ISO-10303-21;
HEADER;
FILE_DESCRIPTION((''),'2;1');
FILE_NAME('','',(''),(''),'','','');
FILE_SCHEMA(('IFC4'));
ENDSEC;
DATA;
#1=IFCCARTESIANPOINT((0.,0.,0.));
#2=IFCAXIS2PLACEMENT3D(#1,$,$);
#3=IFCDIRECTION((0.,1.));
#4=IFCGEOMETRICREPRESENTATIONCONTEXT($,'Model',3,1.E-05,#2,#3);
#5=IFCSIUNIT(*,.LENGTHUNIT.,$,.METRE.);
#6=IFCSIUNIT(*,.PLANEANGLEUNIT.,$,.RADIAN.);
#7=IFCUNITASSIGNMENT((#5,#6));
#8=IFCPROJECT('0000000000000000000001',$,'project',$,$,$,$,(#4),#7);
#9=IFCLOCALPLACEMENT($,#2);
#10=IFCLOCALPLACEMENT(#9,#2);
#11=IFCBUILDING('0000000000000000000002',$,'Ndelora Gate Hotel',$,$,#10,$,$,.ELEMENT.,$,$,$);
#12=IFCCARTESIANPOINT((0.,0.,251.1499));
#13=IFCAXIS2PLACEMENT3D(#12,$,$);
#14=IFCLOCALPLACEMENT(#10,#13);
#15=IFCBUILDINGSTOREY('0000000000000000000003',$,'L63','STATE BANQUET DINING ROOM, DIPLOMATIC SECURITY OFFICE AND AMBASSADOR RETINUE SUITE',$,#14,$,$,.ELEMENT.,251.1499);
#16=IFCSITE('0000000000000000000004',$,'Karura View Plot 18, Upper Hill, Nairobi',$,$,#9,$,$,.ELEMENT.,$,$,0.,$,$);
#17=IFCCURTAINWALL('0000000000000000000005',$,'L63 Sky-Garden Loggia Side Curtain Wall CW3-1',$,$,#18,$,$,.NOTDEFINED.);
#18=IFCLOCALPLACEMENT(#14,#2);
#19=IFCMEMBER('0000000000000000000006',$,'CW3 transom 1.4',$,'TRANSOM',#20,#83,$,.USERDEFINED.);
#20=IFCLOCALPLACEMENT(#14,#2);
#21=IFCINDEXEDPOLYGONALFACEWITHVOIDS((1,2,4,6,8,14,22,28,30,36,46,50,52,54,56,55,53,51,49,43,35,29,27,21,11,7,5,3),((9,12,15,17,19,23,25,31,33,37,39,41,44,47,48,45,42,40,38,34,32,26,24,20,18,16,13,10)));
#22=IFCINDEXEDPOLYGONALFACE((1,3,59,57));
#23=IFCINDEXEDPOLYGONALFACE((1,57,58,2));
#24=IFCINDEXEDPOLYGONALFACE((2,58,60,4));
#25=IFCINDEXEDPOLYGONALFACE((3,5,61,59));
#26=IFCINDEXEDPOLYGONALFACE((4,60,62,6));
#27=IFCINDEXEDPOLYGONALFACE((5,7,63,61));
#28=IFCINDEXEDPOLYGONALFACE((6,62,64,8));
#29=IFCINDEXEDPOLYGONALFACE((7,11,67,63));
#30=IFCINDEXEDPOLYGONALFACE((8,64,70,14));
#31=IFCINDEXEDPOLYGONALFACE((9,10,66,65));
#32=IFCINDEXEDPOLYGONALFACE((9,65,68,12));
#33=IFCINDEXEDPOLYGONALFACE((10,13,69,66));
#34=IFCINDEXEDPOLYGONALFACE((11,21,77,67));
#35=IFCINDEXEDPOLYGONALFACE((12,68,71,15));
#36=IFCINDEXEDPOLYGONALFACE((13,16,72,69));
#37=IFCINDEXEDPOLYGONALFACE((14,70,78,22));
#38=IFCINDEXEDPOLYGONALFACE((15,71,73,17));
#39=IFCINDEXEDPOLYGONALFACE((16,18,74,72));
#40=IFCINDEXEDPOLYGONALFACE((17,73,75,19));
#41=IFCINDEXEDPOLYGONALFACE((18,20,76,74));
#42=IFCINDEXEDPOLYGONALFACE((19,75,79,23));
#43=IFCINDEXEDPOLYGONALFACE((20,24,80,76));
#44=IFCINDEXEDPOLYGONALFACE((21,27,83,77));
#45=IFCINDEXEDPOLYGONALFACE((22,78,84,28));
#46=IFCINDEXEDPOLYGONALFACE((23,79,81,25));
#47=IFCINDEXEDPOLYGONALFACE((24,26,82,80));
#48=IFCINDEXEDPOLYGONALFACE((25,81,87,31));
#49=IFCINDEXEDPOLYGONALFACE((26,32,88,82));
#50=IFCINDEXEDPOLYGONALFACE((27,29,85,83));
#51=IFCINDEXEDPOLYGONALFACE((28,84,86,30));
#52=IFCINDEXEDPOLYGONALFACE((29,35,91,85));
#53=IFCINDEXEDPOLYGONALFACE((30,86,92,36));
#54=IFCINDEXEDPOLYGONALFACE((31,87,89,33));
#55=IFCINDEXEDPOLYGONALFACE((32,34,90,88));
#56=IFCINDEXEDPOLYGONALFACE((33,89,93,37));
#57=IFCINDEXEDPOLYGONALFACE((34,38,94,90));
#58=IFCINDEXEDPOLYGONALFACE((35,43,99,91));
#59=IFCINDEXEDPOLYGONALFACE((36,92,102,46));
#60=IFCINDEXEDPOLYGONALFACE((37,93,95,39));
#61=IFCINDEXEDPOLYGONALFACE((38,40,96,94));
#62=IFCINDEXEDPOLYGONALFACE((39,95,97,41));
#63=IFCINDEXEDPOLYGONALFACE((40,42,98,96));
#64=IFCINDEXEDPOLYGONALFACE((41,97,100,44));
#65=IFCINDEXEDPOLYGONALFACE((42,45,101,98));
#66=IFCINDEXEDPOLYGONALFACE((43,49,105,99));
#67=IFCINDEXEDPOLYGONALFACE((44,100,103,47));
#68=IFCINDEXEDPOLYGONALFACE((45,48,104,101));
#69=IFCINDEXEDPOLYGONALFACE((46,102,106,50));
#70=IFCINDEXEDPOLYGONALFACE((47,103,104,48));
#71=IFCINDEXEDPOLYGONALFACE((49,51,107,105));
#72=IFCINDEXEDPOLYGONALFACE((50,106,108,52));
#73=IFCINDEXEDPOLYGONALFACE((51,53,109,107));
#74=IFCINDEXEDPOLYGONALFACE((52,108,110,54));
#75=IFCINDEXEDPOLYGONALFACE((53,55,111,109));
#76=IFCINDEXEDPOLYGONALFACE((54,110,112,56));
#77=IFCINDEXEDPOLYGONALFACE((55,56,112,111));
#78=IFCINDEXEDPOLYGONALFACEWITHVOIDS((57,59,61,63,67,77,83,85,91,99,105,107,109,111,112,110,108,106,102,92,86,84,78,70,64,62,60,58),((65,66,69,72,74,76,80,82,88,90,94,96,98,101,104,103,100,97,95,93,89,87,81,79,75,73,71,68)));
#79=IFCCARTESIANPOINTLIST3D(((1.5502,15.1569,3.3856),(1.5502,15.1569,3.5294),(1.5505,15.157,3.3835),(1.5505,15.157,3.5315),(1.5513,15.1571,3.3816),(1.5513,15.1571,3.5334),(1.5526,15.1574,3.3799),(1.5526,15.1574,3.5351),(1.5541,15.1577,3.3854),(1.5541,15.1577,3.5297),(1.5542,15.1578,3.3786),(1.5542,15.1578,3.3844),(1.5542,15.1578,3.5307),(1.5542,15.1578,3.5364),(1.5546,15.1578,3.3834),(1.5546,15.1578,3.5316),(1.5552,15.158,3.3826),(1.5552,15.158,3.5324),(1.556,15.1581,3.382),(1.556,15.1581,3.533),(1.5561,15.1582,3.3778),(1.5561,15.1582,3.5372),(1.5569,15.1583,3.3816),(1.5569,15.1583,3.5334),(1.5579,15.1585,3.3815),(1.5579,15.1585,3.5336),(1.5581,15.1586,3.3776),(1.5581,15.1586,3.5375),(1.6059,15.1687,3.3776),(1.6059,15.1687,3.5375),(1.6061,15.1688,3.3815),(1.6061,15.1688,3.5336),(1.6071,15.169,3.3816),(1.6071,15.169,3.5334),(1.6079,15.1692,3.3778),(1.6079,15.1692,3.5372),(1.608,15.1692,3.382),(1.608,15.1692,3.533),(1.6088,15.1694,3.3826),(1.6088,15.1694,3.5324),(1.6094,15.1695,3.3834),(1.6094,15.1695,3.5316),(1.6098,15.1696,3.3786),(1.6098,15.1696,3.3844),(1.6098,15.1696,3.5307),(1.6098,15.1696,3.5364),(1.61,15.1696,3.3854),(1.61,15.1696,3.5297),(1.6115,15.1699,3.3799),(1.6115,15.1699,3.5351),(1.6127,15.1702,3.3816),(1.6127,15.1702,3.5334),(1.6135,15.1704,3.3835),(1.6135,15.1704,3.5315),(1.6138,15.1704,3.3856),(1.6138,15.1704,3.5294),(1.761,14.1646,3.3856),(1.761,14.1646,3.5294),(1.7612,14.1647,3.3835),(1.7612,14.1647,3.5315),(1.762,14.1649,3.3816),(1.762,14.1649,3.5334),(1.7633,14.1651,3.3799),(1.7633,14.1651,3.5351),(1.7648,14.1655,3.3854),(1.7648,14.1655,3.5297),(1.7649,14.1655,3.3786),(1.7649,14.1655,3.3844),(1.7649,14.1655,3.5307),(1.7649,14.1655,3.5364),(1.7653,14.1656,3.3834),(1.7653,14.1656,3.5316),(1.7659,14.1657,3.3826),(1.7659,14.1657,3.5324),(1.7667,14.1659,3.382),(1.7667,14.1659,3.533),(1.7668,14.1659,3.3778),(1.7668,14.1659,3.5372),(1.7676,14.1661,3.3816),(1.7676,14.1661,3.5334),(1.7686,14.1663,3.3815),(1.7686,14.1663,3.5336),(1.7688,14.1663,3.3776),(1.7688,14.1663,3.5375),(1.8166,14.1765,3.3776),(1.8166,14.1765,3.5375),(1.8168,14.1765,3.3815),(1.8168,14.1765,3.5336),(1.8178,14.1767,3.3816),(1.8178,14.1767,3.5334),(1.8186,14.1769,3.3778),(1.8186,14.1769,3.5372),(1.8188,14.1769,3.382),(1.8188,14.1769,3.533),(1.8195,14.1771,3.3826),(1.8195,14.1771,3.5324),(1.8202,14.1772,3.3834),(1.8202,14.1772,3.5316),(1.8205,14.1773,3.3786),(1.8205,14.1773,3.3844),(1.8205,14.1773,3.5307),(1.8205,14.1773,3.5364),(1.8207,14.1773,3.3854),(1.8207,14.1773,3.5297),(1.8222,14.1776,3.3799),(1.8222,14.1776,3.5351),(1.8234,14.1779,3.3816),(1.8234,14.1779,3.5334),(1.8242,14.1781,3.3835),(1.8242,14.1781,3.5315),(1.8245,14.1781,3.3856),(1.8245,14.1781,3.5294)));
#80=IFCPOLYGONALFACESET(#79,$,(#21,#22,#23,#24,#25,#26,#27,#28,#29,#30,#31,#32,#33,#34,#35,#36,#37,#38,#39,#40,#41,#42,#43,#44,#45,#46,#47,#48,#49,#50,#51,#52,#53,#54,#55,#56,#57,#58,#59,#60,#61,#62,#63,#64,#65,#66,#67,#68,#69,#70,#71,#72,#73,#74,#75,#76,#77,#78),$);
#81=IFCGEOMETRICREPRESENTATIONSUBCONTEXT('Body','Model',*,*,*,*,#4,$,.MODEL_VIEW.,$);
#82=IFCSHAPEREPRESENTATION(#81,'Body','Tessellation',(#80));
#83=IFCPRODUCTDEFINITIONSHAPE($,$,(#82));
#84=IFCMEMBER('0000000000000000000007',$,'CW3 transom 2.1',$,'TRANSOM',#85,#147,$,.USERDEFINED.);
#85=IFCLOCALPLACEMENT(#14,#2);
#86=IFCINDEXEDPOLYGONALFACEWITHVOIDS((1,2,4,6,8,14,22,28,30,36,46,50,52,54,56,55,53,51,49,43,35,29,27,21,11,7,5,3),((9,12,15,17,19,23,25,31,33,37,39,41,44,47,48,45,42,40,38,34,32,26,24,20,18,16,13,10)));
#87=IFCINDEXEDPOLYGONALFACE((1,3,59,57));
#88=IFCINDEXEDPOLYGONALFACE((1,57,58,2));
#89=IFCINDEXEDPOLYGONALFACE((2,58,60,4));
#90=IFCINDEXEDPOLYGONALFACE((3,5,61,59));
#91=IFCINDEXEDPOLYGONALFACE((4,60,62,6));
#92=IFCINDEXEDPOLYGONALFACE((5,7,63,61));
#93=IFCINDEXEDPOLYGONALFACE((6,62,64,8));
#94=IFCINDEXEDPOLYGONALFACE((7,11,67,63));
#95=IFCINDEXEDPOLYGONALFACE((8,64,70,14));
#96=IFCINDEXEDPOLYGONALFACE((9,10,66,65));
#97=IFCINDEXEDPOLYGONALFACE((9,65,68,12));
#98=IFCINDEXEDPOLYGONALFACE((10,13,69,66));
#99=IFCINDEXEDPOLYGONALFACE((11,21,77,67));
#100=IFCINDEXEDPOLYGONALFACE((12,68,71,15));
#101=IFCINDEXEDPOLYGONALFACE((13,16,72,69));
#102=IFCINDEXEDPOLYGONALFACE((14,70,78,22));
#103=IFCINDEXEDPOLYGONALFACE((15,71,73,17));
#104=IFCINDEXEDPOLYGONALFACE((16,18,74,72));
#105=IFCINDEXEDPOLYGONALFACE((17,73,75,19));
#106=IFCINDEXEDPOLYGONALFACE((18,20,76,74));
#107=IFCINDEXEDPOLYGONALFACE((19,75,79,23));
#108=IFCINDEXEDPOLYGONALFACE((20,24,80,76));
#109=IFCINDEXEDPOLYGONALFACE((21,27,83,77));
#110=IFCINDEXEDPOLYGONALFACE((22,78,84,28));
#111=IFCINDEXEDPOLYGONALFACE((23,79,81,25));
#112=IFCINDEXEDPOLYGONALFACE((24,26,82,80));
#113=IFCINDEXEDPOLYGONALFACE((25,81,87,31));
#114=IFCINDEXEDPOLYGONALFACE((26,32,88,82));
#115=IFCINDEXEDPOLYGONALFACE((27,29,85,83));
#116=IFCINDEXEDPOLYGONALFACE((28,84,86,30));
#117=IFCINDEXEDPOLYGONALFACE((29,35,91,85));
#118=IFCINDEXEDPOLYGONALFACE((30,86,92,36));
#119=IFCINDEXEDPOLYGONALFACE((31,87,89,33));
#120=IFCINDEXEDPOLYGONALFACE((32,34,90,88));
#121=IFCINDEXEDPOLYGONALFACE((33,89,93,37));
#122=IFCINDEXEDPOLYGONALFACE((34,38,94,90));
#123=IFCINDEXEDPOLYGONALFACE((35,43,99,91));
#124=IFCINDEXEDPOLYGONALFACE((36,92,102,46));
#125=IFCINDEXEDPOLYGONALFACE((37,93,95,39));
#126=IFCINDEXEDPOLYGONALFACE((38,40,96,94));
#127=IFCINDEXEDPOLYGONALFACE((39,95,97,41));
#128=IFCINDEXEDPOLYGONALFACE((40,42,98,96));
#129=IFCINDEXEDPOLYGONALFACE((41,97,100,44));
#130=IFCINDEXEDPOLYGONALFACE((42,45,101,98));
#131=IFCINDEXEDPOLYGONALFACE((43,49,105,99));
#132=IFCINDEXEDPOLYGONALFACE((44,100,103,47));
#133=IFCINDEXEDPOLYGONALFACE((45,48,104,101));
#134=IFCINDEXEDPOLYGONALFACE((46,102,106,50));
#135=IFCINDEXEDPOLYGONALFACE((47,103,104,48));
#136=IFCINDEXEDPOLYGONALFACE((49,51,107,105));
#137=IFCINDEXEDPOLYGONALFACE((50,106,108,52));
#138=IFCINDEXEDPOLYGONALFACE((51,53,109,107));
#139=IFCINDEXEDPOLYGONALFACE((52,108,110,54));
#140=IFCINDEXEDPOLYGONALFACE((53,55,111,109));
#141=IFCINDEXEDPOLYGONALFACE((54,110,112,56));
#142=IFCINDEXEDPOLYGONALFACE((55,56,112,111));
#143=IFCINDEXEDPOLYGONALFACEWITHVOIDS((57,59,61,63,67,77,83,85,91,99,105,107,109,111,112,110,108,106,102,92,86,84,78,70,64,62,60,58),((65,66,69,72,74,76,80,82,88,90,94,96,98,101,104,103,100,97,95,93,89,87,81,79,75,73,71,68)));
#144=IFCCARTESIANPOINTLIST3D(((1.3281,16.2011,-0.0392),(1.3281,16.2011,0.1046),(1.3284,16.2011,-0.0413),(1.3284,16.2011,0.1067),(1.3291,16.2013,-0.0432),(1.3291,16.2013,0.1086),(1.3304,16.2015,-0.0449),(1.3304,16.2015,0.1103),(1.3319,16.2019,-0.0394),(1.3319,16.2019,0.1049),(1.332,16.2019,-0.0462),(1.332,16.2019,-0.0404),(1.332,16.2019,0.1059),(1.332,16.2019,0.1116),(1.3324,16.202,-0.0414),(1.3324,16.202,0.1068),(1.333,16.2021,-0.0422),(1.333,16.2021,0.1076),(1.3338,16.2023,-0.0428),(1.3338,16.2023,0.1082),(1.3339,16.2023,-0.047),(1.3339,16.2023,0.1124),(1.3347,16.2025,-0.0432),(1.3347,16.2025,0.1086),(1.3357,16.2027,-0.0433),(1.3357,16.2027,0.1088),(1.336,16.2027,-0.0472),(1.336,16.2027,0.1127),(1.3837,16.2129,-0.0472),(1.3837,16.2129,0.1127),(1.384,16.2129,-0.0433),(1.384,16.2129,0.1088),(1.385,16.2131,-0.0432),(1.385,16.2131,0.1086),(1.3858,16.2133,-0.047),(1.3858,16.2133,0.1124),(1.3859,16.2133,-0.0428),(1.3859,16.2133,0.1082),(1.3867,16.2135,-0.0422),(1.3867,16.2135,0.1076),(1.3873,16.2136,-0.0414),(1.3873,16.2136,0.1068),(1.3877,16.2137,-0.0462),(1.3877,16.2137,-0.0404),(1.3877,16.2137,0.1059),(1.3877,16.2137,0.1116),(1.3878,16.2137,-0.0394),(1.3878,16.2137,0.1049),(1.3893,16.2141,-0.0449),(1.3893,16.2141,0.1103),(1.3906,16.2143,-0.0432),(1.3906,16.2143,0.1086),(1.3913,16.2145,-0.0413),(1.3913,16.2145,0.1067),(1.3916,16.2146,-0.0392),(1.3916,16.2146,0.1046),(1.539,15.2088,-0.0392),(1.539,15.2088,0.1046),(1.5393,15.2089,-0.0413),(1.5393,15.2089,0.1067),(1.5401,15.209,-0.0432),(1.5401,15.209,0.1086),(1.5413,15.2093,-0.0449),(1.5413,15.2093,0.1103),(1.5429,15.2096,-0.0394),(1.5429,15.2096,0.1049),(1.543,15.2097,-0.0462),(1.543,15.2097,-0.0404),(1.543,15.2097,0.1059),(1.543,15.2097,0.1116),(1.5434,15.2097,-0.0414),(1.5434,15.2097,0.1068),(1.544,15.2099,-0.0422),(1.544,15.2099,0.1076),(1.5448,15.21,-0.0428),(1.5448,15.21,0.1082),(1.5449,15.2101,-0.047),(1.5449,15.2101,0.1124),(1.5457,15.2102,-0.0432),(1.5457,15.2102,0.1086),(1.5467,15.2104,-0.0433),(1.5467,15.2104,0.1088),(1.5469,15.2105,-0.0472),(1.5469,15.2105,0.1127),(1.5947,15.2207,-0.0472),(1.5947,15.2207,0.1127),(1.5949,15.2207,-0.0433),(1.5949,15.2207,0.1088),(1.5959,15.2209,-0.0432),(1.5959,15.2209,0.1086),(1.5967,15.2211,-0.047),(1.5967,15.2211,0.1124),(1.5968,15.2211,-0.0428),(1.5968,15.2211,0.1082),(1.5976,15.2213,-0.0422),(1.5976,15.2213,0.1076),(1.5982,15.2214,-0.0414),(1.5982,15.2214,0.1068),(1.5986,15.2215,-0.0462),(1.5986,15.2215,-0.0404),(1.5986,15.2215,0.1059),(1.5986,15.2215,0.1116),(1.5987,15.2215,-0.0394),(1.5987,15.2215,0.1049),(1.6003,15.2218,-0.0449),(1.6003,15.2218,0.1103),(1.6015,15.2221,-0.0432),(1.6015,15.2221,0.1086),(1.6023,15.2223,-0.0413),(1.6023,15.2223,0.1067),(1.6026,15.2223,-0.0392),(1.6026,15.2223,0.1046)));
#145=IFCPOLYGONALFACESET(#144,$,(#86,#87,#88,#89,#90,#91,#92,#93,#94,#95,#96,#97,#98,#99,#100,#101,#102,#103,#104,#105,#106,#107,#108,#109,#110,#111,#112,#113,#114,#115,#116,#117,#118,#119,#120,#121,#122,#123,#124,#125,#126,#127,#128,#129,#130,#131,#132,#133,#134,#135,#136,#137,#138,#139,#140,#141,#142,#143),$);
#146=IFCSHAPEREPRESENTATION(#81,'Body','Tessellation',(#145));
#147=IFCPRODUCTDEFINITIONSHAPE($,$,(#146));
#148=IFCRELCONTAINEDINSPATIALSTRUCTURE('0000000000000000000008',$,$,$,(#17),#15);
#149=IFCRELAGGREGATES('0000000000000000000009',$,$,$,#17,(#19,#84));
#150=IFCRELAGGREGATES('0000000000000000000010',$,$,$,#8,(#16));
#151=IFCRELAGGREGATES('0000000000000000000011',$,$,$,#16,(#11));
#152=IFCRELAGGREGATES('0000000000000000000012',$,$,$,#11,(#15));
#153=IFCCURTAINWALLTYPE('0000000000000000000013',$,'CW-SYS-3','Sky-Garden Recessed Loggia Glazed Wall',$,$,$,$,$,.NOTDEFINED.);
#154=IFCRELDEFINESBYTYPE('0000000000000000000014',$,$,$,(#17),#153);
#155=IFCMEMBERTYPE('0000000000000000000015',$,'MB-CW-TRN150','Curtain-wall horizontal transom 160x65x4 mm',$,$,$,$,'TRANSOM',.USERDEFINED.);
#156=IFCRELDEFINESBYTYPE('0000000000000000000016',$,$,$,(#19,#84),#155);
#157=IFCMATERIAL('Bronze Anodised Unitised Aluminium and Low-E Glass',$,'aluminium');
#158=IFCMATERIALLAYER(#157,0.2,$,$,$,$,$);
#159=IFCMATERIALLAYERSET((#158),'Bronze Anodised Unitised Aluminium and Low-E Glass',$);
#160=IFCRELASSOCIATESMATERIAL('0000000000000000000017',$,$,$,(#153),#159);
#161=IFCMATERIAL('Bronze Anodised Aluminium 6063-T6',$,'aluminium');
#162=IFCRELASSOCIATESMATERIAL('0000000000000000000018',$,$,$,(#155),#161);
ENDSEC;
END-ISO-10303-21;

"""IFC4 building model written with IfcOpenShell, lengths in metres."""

from ifc_helpers import new_model, si_unit, direction, frame, origin, origin_2d, place, context, subcontext, project, spatial, hollow_rectangle, extrude, material, layer, layer_set, material_profile, profile_set, type_object, element, aggregate, save


model = new_model("IFC4")

# Units and contexts
model_context = context("Model", 3, precision=1e-05, world=origin(), true_north=direction((0.0, 1.0)))
body_context = subcontext(model_context, "Body", "Model", "MODEL_VIEW")
ifc_project = project(units=[si_unit("LENGTHUNIT", "METRE"), si_unit("PLANEANGLEUNIT", "RADIAN")], contexts=[model_context])

# Site, building, storey
site_placement = place(None, origin())
site = spatial("IfcSite", under=ifc_project, at=site_placement, Name="Karura View Plot 18, Upper Hill, Nairobi", CompositionType="ELEMENT", RefElevation=0.0)
building_placement = place(site_placement, origin())
building = spatial("IfcBuilding", under=site, at=building_placement, Name="Ndelora Gate Hotel", CompositionType="ELEMENT")
storey_placement = place(building_placement, frame((0.0, 0.0, 251.1499)))
storey = spatial("IfcBuildingStorey", under=building, at=storey_placement, Name="L63", Description="STATE BANQUET DINING ROOM, DIPLOMATIC SECURITY OFFICE AND AMBASSADOR RETINUE SUITE", CompositionType="ELEMENT", Elevation=251.1499)

# Curtain wall, members
ifc_material_1 = material(Name="Bronze Anodised Unitised Aluminium and Low-E Glass", Category="aluminium")
ifc_layer_1 = layer(ifc_material_1, 0.2)
ifc_layer_set_1 = layer_set([ifc_layer_1], Name="Bronze Anodised Unitised Aluminium and Low-E Glass")
curtain_wall_type = type_object("IfcCurtainWallType", Name="CW-SYS-3", Description="Sky-Garden Recessed Loggia Glazed Wall", PredefinedType="NOTDEFINED", material=ifc_layer_set_1)
curtain_wall_placement = place(storey_placement, origin())
curtain_wall = element("IfcCurtainWall", 1, at=curtain_wall_placement, inside=storey, type_object=curtain_wall_type, Name="L63 Sky-Garden Loggia Side Curtain Wall CW3-1", PredefinedType="NOTDEFINED")
ifc_material_2 = material(Name="Bronze Anodised Aluminium 6063-T6", Category="aluminium")
ifc_material_profile_1 = material_profile(ifc_material_2, hollow_rectangle(XDim=0.0649, YDim=0.1599, WallThickness=0.0039, InnerFilletRadius=0.0039, OuterFilletRadius=0.0081, at=origin_2d()), Name="ALU 160x65x4")
ifc_profile_set_1 = profile_set([ifc_material_profile_1], Name="Bronze Anodised Aluminium 6063-T6")
member_type_1 = type_object("IfcMemberType", Name="MB-CW-TRN150", Description="Curtain-wall horizontal transom 160x65x4 mm", ElementType="TRANSOM", PredefinedType="USERDEFINED", material=ifc_profile_set_1)
member_1_placement = place(storey_placement, frame((1.7927, 14.1714, 3.4575), z_axis=(-0.207721, 0.978188, 0.0), x_axis=(-0.978188, -0.207721, 0.0)))
member_1 = element("IfcMember", 2, at=member_1_placement, type_object=member_type_1, Name="CW3 transom 1.4", ObjectType="TRANSOM", PredefinedType="USERDEFINED", context=body_context, shape_type="SweptSolid", body=[
    extrude(hollow_rectangle(XDim=0.0649, YDim=0.1599, WallThickness=0.0039, InnerFilletRadius=0.0039, OuterFilletRadius=0.0081, at=origin_2d()), origin(), (0.0, 0.0, 1.0), 1.0144),
])
member_2_placement = place(storey_placement, frame((1.5708, 15.2156, 0.0327), z_axis=(-0.207951, 0.978139, 0.0), x_axis=(-0.978139, -0.207951, 0.0)))
member_2 = element("IfcMember", 3, at=member_2_placement, type_object=member_type_1, Name="CW3 transom 2.1", ObjectType="TRANSOM", PredefinedType="USERDEFINED", context=body_context, shape_type="SweptSolid", body=[
    extrude(hollow_rectangle(XDim=0.0649, YDim=0.1599, WallThickness=0.0039, InnerFilletRadius=0.0039, OuterFilletRadius=0.0081, at=origin_2d()), origin(), (0.0, 0.0, 1.0), 1.0144),
])
aggregate(curtain_wall, [member_1, member_2])

save(model, "model.ifc")
